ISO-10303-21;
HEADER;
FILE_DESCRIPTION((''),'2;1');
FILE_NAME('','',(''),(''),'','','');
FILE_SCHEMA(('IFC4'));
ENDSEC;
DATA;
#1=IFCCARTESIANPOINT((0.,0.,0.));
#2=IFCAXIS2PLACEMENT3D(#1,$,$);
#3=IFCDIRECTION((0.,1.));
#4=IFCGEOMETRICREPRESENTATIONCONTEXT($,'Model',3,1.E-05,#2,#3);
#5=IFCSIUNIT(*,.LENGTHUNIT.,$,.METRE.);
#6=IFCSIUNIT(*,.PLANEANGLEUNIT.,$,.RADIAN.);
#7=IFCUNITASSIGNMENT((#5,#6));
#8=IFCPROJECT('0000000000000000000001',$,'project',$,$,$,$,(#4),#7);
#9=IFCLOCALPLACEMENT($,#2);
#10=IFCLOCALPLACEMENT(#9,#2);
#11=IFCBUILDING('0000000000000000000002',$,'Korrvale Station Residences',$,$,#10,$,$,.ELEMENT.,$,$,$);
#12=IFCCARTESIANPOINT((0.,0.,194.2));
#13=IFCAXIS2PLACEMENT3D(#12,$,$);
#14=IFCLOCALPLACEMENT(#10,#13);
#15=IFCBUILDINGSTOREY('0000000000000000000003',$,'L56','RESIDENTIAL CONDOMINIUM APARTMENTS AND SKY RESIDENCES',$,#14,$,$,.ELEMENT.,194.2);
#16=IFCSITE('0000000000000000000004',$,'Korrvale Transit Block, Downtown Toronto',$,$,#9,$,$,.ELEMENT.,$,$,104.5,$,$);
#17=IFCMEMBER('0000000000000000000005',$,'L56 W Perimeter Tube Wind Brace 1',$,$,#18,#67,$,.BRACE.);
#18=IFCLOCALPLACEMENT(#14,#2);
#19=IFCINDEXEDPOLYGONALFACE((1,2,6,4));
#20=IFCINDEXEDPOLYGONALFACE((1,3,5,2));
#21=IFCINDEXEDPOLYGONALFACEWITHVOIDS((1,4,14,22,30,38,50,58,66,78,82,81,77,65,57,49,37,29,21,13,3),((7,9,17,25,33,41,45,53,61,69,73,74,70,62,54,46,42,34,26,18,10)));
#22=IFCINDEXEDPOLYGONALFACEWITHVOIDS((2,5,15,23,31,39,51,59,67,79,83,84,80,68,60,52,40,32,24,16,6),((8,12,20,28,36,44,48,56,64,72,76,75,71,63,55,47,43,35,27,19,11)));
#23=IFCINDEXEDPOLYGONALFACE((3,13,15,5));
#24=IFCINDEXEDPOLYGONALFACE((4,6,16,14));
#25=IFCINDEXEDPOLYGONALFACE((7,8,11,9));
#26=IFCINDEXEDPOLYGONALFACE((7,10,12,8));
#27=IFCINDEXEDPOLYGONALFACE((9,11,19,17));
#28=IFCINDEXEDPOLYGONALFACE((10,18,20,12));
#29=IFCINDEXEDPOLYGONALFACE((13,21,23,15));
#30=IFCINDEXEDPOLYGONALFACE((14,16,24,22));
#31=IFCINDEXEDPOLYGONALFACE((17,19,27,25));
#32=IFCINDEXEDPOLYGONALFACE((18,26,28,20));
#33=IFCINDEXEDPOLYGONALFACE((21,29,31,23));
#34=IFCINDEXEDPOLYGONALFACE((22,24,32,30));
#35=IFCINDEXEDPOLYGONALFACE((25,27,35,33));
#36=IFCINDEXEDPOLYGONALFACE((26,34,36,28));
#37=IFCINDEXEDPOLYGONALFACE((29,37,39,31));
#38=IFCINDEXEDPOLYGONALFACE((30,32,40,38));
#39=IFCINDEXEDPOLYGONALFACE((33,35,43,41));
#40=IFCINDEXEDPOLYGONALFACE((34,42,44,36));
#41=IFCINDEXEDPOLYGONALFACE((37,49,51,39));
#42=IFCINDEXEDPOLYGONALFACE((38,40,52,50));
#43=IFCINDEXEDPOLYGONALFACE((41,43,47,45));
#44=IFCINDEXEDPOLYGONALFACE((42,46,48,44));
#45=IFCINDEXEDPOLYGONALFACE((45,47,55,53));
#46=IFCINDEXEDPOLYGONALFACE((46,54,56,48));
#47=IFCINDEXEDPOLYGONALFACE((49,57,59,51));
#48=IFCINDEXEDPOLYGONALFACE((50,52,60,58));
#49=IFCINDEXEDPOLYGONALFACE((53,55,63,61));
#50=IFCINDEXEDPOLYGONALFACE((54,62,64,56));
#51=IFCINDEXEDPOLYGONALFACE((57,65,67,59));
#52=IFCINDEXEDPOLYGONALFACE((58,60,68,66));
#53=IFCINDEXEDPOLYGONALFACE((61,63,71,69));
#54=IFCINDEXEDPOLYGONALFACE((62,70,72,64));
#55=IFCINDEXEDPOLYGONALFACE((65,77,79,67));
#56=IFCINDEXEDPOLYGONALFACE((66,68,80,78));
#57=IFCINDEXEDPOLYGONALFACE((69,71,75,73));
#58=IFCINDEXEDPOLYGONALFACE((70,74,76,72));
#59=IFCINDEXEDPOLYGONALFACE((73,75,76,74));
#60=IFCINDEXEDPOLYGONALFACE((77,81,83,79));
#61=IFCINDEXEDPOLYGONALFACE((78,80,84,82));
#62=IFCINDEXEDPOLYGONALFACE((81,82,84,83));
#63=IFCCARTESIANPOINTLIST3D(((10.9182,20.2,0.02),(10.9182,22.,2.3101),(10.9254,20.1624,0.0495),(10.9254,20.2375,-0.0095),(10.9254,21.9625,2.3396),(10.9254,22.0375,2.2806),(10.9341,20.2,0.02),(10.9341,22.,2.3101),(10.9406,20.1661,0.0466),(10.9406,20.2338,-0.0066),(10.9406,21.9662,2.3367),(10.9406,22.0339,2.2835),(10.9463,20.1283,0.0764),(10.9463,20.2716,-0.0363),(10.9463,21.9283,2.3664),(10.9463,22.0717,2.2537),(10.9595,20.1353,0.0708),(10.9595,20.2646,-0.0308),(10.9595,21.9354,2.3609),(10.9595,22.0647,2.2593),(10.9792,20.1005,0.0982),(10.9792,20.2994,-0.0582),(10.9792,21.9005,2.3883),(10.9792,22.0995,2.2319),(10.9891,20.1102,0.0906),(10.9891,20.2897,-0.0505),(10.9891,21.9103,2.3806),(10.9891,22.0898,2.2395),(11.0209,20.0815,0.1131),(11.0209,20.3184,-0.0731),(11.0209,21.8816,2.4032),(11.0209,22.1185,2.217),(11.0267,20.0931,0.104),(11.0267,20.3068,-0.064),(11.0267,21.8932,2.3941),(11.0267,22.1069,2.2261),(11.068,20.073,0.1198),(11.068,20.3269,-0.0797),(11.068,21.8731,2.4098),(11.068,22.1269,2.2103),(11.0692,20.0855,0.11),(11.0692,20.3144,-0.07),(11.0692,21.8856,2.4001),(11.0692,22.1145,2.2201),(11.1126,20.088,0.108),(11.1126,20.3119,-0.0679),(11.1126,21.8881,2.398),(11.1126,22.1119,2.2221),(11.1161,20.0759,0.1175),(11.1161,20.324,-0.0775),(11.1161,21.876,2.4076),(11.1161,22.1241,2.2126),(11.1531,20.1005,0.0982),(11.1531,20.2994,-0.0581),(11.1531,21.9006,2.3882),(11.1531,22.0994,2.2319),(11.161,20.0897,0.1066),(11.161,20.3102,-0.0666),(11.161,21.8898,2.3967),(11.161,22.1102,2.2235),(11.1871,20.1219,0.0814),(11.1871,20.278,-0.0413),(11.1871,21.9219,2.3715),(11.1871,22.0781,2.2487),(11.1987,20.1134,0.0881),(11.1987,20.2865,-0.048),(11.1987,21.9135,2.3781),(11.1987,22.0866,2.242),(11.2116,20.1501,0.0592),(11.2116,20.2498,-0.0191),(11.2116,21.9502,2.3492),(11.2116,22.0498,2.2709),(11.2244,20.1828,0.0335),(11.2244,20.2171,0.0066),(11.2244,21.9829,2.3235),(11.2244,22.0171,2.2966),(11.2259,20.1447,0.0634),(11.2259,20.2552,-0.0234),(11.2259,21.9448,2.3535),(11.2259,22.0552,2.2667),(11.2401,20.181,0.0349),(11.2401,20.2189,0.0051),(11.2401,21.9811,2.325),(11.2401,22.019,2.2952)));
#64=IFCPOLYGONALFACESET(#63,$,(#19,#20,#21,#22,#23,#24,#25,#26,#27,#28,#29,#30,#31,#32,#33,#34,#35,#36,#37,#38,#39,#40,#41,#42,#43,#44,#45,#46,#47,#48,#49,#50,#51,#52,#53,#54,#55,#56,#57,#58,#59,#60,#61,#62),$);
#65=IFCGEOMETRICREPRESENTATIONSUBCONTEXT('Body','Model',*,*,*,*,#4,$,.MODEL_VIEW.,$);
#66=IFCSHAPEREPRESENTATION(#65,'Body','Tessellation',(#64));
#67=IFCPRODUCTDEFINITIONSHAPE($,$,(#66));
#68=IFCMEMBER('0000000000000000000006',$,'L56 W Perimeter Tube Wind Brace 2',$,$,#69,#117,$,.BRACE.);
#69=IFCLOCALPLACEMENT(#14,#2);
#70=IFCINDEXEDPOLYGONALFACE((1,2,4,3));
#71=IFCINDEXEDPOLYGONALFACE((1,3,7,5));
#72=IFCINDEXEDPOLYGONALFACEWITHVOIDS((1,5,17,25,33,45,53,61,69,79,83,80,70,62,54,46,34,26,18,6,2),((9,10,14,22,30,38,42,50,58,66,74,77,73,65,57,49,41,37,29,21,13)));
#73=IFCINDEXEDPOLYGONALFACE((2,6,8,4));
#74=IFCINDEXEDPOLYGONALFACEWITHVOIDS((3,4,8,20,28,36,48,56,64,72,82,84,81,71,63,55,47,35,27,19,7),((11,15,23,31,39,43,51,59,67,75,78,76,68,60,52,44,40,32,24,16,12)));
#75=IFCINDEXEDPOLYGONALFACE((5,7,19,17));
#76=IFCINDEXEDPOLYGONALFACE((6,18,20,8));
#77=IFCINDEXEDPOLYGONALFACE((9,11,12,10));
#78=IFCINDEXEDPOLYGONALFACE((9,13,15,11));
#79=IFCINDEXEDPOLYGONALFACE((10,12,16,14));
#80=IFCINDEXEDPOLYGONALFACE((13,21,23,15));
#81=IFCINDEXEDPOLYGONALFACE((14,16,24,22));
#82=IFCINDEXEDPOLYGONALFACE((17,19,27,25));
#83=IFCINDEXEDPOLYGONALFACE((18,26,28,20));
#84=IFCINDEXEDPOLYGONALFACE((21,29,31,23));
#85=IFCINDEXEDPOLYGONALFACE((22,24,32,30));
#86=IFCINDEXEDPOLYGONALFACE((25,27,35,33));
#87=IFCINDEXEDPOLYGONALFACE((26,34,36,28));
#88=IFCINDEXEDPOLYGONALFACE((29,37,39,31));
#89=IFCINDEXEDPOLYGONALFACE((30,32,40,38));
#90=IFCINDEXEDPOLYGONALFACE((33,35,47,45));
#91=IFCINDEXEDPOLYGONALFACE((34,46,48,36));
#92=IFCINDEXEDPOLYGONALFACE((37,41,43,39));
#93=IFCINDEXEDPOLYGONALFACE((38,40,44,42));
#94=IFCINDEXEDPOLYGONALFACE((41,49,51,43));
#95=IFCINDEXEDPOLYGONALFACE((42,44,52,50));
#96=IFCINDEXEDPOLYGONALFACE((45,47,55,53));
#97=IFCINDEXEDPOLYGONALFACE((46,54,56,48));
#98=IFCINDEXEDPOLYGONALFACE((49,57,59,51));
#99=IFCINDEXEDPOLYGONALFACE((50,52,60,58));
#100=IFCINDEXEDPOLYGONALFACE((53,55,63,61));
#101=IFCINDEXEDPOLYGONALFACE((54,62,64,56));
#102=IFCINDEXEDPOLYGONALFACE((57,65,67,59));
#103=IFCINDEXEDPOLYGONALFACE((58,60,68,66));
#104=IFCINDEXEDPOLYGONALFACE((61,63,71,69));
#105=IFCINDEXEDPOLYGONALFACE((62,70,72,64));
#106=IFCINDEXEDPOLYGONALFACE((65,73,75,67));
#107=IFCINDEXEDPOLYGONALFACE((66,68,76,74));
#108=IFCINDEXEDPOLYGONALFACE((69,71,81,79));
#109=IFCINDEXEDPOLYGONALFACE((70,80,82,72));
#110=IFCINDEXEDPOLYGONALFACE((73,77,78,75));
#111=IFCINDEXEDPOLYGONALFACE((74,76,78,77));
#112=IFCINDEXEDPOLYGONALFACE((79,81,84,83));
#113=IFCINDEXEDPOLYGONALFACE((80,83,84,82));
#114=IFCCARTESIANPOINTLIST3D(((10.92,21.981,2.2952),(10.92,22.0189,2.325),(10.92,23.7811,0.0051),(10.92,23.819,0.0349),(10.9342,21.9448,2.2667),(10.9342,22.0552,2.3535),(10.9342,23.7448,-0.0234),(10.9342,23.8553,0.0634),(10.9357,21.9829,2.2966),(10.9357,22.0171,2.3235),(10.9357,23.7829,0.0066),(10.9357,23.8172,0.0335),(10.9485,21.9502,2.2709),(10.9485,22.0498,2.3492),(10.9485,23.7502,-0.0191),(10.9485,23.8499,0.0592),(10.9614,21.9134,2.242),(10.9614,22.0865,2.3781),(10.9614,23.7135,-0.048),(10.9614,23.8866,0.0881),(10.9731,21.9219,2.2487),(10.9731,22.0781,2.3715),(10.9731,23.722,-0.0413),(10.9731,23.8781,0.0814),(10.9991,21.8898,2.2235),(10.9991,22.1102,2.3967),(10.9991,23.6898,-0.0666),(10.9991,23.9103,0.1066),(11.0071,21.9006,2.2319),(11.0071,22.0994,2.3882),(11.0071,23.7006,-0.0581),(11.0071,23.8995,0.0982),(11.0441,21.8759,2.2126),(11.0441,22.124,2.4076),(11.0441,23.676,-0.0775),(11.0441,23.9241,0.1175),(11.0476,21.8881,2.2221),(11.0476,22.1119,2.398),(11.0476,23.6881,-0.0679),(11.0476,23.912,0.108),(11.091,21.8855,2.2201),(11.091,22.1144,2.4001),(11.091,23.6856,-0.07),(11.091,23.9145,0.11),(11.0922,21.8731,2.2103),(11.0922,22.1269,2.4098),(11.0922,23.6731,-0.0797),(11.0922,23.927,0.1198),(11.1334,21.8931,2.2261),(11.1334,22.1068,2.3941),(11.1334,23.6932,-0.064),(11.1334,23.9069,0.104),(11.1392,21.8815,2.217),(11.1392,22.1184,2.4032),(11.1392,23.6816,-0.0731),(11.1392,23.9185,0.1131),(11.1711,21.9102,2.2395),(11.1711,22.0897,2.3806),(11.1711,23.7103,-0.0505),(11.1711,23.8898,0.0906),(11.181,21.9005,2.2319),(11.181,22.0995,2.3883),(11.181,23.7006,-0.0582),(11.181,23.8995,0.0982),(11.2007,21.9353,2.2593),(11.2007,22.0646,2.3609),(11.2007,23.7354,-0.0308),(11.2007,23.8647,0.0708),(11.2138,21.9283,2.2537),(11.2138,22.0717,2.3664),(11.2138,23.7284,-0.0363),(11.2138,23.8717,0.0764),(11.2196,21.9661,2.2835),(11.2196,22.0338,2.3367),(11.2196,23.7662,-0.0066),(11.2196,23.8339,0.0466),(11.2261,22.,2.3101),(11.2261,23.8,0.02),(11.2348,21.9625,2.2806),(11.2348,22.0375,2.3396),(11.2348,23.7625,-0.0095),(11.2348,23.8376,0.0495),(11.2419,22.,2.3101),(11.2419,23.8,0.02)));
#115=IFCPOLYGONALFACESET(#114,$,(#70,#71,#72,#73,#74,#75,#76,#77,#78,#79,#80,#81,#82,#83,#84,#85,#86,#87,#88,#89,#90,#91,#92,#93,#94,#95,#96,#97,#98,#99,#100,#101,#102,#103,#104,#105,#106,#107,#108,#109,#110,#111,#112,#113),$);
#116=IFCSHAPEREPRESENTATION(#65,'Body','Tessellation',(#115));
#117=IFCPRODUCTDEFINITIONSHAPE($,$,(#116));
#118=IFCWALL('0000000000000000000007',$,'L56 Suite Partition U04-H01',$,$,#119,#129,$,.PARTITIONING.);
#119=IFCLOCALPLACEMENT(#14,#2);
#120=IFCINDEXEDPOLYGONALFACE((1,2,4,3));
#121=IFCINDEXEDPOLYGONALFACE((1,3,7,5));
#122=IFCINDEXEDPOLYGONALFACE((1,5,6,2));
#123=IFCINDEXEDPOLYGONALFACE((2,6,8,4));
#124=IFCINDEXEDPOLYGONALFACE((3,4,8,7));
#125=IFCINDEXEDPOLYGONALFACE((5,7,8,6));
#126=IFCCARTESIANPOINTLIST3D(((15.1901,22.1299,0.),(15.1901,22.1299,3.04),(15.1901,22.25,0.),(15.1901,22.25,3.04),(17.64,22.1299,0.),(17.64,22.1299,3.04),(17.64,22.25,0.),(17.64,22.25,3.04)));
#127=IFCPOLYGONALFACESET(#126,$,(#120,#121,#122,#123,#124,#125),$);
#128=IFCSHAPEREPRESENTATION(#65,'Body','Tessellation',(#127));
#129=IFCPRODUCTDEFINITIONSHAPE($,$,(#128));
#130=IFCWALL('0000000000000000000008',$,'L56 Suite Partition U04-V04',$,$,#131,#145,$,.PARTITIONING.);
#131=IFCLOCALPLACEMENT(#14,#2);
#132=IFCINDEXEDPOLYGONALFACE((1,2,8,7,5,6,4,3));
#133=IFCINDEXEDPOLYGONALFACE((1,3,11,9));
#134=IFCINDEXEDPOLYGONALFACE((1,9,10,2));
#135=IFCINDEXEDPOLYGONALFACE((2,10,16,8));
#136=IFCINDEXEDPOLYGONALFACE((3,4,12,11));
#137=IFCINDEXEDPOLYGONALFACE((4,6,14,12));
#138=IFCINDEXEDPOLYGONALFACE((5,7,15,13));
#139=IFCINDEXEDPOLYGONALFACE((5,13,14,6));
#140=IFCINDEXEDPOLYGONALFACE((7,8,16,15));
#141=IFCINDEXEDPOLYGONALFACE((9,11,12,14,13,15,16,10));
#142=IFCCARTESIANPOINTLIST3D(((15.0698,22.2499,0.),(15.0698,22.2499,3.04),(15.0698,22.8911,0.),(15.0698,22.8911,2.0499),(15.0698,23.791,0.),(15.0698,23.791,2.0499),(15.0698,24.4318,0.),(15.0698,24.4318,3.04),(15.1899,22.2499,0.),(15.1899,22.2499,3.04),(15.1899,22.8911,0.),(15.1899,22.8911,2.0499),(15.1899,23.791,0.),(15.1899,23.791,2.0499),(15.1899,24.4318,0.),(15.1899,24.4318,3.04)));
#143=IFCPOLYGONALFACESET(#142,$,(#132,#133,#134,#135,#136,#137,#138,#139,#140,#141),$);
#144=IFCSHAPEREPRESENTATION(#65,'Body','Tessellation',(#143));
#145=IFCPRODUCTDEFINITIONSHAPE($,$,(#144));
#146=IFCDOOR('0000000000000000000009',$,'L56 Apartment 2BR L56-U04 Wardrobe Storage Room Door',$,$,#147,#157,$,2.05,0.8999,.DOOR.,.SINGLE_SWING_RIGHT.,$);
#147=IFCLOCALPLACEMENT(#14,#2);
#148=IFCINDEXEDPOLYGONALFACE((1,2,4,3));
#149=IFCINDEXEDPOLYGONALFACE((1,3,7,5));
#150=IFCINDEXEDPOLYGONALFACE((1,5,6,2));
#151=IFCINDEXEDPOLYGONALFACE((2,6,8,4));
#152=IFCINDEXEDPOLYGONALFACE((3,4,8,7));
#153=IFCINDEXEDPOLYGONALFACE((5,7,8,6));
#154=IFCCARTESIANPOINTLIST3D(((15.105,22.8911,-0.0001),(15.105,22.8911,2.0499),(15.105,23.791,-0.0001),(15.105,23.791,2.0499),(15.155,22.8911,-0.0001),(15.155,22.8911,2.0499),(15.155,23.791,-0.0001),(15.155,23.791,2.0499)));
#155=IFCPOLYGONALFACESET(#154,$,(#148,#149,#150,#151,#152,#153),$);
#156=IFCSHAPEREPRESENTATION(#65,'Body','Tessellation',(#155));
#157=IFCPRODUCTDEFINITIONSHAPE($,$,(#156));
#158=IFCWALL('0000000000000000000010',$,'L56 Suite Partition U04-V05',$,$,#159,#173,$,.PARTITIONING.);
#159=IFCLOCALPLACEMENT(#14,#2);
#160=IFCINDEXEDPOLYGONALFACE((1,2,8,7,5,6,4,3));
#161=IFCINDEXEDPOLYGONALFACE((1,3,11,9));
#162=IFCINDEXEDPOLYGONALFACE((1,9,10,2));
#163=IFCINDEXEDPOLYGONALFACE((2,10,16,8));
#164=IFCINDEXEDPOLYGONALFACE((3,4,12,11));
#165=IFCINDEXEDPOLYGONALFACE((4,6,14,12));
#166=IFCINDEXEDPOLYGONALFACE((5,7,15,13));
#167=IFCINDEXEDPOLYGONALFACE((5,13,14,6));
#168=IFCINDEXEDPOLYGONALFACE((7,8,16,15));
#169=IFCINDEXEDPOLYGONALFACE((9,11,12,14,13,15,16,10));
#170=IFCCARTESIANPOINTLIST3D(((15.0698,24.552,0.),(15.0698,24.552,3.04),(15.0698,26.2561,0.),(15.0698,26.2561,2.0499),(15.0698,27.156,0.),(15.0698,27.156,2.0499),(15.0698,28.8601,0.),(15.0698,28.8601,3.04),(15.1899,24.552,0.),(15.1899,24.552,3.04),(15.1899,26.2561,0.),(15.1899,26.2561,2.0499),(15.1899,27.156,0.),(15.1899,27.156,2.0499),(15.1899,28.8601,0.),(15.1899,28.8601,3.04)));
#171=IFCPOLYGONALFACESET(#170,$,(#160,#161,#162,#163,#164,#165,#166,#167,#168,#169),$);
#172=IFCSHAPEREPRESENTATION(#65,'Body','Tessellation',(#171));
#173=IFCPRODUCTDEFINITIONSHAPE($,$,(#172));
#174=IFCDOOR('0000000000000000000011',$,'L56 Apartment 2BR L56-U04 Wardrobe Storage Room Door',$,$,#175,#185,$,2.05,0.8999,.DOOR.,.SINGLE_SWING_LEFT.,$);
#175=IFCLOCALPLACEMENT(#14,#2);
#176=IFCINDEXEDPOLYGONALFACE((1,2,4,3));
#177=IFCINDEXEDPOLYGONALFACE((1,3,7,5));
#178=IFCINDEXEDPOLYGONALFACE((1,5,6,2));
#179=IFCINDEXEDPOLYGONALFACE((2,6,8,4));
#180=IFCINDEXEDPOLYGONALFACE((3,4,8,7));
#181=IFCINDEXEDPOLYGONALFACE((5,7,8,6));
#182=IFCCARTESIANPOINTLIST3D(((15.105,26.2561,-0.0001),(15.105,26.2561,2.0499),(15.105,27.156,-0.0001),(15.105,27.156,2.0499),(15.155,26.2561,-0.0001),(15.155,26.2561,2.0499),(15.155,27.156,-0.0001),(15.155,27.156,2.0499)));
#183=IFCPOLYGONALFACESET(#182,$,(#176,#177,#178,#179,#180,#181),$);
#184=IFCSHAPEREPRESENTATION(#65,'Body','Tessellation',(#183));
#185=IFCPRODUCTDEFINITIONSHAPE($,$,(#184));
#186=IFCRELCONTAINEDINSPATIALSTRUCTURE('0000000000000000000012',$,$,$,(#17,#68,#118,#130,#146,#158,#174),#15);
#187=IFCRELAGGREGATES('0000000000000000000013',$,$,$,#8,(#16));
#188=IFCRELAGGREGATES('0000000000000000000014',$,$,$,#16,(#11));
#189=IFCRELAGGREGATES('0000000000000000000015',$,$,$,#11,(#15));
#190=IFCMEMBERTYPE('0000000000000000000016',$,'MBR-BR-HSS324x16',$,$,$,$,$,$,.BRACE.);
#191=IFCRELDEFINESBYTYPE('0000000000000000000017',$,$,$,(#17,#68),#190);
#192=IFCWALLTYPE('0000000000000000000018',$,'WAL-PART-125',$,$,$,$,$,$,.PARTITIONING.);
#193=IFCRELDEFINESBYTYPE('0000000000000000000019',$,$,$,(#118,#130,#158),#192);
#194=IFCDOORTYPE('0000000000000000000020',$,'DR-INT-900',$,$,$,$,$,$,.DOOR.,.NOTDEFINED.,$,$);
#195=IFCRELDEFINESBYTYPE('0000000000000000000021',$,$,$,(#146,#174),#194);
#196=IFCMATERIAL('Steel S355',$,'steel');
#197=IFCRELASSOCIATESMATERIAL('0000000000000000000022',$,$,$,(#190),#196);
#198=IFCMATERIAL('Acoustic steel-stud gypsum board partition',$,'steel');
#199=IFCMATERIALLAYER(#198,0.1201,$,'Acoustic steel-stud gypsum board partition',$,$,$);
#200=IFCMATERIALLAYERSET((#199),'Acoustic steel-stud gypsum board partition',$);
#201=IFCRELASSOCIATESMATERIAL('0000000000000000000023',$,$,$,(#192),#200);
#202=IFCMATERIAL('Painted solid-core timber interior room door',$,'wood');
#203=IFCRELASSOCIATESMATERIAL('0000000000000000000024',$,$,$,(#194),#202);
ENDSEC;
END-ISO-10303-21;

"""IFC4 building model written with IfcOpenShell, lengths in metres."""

from ifc_helpers import new_model, si_unit, direction, frame, frame_2d, origin, origin_2d, place, context, subcontext, project, spatial, rectangle, hollow_circle, extrude, material, layer, layer_set, material_profile, profile_set, type_object, element, fill, save


model = new_model("IFC4")

# Units and contexts
model_context = context("Model", 3, precision=1e-05, world=origin(), true_north=direction((0.0, 1.0)))
body_context = subcontext(model_context, "Body", "Model", "MODEL_VIEW")
ifc_project = project(units=[si_unit("LENGTHUNIT", "METRE"), si_unit("PLANEANGLEUNIT", "RADIAN")], contexts=[model_context])

# Site, building, storey
site_placement = place(None, origin())
site = spatial("IfcSite", under=ifc_project, at=site_placement, Name="Korrvale Transit Block, Downtown Toronto", CompositionType="ELEMENT", RefElevation=104.5)
building_placement = place(site_placement, origin())
building = spatial("IfcBuilding", under=site, at=building_placement, Name="Korrvale Station Residences", CompositionType="ELEMENT")
storey_placement = place(building_placement, frame((0.0, 0.0, 194.2)))
storey = spatial("IfcBuildingStorey", under=building, at=storey_placement, Name="L56", Description="RESIDENTIAL CONDOMINIUM APARTMENTS AND SKY RESIDENCES", CompositionType="ELEMENT", Elevation=194.2)

# Shared definitions
ifc_material_1 = material(Name="Steel S355", Category="steel")

# Members
ifc_material_profile_1 = material_profile(ifc_material_1, hollow_circle(Radius=0.1619, WallThickness=0.0159, at=origin_2d()), Name="HSS324x16")
ifc_profile_set_1 = profile_set([ifc_material_profile_1], Name="Steel S355")
member_type = type_object("IfcMemberType", Name="MBR-BR-HSS324x16", PredefinedType="BRACE", material=ifc_profile_set_1)
for number, where, z_axis, x_axis, name in (
    (1, (11.0801, 20.2, 0.02), (0.0, 0.617977, 0.786196), (-1.0, 0.0, 0.0), "L56 W Perimeter Tube Wind Brace 1"),
    (2, (11.0801, 23.8, 0.02), (0.0, -0.617977, 0.786196), (1.0, 0.0, 0.0), "L56 W Perimeter Tube Wind Brace 2"),
):
    element("IfcMember", number, at=place(storey_placement, frame(where, z_axis=z_axis, x_axis=x_axis)), inside=storey, type_object=member_type, Name=name, PredefinedType="BRACE", context=body_context, shape_type="SweptSolid", body=[
        extrude(hollow_circle(Radius=0.1619, WallThickness=0.0159, at=origin_2d()), origin(), (0.0, 0.0, 1.0), 2.9128),
    ])

# Wall
ifc_material_2 = material(Name="Acoustic steel-stud gypsum board partition", Category="steel")
ifc_layer_1 = layer(ifc_material_2, 0.1201, Name="Acoustic steel-stud gypsum board partition")
ifc_layer_set_1 = layer_set([ifc_layer_1], Name="Acoustic steel-stud gypsum board partition")
wall_type_1 = type_object("IfcWallType", Name="WAL-PART-125", PredefinedType="PARTITIONING", material=ifc_layer_set_1)
wall_1_placement = place(storey_placement, frame((15.1899, 22.1899, 0.0), z_axis=(0.0, 0.0, 1.0), x_axis=(1.0, 0.0, 0.0)))
element("IfcWall", 3, at=wall_1_placement, inside=storey, type_object=wall_type_1, Name="L56 Suite Partition U04-H01", PredefinedType="PARTITIONING", context=body_context, shape_type="SweptSolid", body=[
    extrude(rectangle(XDim=2.45, YDim=0.1201, at=frame_2d((1.2251, 0.0))), origin(), (0.0, 0.0, 1.0), 3.04),
])

# Walls, openings, doors
wall_2_placement = place(storey_placement, frame((15.1299, 22.25, 0.0), z_axis=(0.0, 0.0, 1.0), x_axis=(0.0, 1.0, 0.0)))
wall_2 = element("IfcWall", 4, at=wall_2_placement, inside=storey, type_object=wall_type_1, Name="L56 Suite Partition U04-V04", PredefinedType="PARTITIONING", context=body_context, shape_type="SweptSolid", body=[
    extrude(rectangle(XDim=2.1819, YDim=0.1201, at=frame_2d((1.0908, 0.0))), origin(), (0.0, 0.0, 1.0), 3.04),
])
opening_1_placement = place(wall_2_placement, frame((0.6411, 0.0, 0.0)))
opening_1 = element("IfcOpeningElement", 5, at=opening_1_placement, cuts=wall_2, PredefinedType="OPENING", context=body_context, shape_type="SweptSolid", body=[
    extrude(rectangle(XDim=0.8999, YDim=2.05, at=frame_2d((0.45, 1.0249))), frame((0.0, 0.0701, 0.0), z_axis=(0.0, -1.0, 0.0), x_axis=(1.0, 0.0, 0.0)), (0.0, 0.0, 1.0), 0.1401),
])
ifc_material_3 = material(Name="Painted solid-core timber interior room door", Category="wood")
door_type = type_object("IfcDoorType", Name="DR-INT-900", OperationType="NOTDEFINED", PredefinedType="DOOR", material=ifc_material_3)
door_1_placement = place(opening_1_placement, origin())
door_1 = element("IfcDoor", 6, at=door_1_placement, inside=storey, type_object=door_type, Name="L56 Apartment 2BR L56-U04 Wardrobe Storage Room Door", OperationType="SINGLE_SWING_RIGHT", OverallHeight=2.05, OverallWidth=0.8999, PredefinedType="DOOR", context=body_context, shape_type="SweptSolid", body=[
    extrude(rectangle(XDim=0.8999, YDim=2.05, at=frame_2d((0.45, 1.0249))), frame((0.0, 0.0249, 0.0), z_axis=(0.0, -1.0, 0.0), x_axis=(1.0, 0.0, 0.0)), (0.0, 0.0, 1.0), 0.05),
])
fill(opening_1, door_1)
wall_3_placement = place(storey_placement, frame((15.1299, 24.552, 0.0), z_axis=(0.0, 0.0, 1.0), x_axis=(0.0, 1.0, 0.0)))
wall_3 = element("IfcWall", 7, at=wall_3_placement, inside=storey, type_object=wall_type_1, Name="L56 Suite Partition U04-V05", PredefinedType="PARTITIONING", context=body_context, shape_type="SweptSolid", body=[
    extrude(rectangle(XDim=4.3081, YDim=0.1201, at=frame_2d((2.1541, 0.0))), origin(), (0.0, 0.0, 1.0), 3.04),
])
opening_2_placement = place(wall_3_placement, frame((1.7041, 0.0, 0.0)))
opening_2 = element("IfcOpeningElement", 8, at=opening_2_placement, cuts=wall_3, PredefinedType="OPENING", context=body_context, shape_type="SweptSolid", body=[
    extrude(rectangle(XDim=0.8999, YDim=2.05, at=frame_2d((0.45, 1.0249))), frame((0.0, 0.0701, 0.0), z_axis=(0.0, -1.0, 0.0), x_axis=(1.0, 0.0, 0.0)), (0.0, 0.0, 1.0), 0.1401),
])
door_2_placement = place(opening_2_placement, origin())
door_2 = element("IfcDoor", 9, at=door_2_placement, inside=storey, type_object=door_type, Name="L56 Apartment 2BR L56-U04 Wardrobe Storage Room Door", OperationType="SINGLE_SWING_LEFT", OverallHeight=2.05, OverallWidth=0.8999, PredefinedType="DOOR", context=body_context, shape_type="SweptSolid", body=[
    extrude(rectangle(XDim=0.8999, YDim=2.05, at=frame_2d((0.45, 1.0249))), frame((0.0, 0.0249, 0.0), z_axis=(0.0, -1.0, 0.0), x_axis=(1.0, 0.0, 0.0)), (0.0, 0.0, 1.0), 0.05),
])
fill(opening_2, door_2)

save(model, "model.ifc")
